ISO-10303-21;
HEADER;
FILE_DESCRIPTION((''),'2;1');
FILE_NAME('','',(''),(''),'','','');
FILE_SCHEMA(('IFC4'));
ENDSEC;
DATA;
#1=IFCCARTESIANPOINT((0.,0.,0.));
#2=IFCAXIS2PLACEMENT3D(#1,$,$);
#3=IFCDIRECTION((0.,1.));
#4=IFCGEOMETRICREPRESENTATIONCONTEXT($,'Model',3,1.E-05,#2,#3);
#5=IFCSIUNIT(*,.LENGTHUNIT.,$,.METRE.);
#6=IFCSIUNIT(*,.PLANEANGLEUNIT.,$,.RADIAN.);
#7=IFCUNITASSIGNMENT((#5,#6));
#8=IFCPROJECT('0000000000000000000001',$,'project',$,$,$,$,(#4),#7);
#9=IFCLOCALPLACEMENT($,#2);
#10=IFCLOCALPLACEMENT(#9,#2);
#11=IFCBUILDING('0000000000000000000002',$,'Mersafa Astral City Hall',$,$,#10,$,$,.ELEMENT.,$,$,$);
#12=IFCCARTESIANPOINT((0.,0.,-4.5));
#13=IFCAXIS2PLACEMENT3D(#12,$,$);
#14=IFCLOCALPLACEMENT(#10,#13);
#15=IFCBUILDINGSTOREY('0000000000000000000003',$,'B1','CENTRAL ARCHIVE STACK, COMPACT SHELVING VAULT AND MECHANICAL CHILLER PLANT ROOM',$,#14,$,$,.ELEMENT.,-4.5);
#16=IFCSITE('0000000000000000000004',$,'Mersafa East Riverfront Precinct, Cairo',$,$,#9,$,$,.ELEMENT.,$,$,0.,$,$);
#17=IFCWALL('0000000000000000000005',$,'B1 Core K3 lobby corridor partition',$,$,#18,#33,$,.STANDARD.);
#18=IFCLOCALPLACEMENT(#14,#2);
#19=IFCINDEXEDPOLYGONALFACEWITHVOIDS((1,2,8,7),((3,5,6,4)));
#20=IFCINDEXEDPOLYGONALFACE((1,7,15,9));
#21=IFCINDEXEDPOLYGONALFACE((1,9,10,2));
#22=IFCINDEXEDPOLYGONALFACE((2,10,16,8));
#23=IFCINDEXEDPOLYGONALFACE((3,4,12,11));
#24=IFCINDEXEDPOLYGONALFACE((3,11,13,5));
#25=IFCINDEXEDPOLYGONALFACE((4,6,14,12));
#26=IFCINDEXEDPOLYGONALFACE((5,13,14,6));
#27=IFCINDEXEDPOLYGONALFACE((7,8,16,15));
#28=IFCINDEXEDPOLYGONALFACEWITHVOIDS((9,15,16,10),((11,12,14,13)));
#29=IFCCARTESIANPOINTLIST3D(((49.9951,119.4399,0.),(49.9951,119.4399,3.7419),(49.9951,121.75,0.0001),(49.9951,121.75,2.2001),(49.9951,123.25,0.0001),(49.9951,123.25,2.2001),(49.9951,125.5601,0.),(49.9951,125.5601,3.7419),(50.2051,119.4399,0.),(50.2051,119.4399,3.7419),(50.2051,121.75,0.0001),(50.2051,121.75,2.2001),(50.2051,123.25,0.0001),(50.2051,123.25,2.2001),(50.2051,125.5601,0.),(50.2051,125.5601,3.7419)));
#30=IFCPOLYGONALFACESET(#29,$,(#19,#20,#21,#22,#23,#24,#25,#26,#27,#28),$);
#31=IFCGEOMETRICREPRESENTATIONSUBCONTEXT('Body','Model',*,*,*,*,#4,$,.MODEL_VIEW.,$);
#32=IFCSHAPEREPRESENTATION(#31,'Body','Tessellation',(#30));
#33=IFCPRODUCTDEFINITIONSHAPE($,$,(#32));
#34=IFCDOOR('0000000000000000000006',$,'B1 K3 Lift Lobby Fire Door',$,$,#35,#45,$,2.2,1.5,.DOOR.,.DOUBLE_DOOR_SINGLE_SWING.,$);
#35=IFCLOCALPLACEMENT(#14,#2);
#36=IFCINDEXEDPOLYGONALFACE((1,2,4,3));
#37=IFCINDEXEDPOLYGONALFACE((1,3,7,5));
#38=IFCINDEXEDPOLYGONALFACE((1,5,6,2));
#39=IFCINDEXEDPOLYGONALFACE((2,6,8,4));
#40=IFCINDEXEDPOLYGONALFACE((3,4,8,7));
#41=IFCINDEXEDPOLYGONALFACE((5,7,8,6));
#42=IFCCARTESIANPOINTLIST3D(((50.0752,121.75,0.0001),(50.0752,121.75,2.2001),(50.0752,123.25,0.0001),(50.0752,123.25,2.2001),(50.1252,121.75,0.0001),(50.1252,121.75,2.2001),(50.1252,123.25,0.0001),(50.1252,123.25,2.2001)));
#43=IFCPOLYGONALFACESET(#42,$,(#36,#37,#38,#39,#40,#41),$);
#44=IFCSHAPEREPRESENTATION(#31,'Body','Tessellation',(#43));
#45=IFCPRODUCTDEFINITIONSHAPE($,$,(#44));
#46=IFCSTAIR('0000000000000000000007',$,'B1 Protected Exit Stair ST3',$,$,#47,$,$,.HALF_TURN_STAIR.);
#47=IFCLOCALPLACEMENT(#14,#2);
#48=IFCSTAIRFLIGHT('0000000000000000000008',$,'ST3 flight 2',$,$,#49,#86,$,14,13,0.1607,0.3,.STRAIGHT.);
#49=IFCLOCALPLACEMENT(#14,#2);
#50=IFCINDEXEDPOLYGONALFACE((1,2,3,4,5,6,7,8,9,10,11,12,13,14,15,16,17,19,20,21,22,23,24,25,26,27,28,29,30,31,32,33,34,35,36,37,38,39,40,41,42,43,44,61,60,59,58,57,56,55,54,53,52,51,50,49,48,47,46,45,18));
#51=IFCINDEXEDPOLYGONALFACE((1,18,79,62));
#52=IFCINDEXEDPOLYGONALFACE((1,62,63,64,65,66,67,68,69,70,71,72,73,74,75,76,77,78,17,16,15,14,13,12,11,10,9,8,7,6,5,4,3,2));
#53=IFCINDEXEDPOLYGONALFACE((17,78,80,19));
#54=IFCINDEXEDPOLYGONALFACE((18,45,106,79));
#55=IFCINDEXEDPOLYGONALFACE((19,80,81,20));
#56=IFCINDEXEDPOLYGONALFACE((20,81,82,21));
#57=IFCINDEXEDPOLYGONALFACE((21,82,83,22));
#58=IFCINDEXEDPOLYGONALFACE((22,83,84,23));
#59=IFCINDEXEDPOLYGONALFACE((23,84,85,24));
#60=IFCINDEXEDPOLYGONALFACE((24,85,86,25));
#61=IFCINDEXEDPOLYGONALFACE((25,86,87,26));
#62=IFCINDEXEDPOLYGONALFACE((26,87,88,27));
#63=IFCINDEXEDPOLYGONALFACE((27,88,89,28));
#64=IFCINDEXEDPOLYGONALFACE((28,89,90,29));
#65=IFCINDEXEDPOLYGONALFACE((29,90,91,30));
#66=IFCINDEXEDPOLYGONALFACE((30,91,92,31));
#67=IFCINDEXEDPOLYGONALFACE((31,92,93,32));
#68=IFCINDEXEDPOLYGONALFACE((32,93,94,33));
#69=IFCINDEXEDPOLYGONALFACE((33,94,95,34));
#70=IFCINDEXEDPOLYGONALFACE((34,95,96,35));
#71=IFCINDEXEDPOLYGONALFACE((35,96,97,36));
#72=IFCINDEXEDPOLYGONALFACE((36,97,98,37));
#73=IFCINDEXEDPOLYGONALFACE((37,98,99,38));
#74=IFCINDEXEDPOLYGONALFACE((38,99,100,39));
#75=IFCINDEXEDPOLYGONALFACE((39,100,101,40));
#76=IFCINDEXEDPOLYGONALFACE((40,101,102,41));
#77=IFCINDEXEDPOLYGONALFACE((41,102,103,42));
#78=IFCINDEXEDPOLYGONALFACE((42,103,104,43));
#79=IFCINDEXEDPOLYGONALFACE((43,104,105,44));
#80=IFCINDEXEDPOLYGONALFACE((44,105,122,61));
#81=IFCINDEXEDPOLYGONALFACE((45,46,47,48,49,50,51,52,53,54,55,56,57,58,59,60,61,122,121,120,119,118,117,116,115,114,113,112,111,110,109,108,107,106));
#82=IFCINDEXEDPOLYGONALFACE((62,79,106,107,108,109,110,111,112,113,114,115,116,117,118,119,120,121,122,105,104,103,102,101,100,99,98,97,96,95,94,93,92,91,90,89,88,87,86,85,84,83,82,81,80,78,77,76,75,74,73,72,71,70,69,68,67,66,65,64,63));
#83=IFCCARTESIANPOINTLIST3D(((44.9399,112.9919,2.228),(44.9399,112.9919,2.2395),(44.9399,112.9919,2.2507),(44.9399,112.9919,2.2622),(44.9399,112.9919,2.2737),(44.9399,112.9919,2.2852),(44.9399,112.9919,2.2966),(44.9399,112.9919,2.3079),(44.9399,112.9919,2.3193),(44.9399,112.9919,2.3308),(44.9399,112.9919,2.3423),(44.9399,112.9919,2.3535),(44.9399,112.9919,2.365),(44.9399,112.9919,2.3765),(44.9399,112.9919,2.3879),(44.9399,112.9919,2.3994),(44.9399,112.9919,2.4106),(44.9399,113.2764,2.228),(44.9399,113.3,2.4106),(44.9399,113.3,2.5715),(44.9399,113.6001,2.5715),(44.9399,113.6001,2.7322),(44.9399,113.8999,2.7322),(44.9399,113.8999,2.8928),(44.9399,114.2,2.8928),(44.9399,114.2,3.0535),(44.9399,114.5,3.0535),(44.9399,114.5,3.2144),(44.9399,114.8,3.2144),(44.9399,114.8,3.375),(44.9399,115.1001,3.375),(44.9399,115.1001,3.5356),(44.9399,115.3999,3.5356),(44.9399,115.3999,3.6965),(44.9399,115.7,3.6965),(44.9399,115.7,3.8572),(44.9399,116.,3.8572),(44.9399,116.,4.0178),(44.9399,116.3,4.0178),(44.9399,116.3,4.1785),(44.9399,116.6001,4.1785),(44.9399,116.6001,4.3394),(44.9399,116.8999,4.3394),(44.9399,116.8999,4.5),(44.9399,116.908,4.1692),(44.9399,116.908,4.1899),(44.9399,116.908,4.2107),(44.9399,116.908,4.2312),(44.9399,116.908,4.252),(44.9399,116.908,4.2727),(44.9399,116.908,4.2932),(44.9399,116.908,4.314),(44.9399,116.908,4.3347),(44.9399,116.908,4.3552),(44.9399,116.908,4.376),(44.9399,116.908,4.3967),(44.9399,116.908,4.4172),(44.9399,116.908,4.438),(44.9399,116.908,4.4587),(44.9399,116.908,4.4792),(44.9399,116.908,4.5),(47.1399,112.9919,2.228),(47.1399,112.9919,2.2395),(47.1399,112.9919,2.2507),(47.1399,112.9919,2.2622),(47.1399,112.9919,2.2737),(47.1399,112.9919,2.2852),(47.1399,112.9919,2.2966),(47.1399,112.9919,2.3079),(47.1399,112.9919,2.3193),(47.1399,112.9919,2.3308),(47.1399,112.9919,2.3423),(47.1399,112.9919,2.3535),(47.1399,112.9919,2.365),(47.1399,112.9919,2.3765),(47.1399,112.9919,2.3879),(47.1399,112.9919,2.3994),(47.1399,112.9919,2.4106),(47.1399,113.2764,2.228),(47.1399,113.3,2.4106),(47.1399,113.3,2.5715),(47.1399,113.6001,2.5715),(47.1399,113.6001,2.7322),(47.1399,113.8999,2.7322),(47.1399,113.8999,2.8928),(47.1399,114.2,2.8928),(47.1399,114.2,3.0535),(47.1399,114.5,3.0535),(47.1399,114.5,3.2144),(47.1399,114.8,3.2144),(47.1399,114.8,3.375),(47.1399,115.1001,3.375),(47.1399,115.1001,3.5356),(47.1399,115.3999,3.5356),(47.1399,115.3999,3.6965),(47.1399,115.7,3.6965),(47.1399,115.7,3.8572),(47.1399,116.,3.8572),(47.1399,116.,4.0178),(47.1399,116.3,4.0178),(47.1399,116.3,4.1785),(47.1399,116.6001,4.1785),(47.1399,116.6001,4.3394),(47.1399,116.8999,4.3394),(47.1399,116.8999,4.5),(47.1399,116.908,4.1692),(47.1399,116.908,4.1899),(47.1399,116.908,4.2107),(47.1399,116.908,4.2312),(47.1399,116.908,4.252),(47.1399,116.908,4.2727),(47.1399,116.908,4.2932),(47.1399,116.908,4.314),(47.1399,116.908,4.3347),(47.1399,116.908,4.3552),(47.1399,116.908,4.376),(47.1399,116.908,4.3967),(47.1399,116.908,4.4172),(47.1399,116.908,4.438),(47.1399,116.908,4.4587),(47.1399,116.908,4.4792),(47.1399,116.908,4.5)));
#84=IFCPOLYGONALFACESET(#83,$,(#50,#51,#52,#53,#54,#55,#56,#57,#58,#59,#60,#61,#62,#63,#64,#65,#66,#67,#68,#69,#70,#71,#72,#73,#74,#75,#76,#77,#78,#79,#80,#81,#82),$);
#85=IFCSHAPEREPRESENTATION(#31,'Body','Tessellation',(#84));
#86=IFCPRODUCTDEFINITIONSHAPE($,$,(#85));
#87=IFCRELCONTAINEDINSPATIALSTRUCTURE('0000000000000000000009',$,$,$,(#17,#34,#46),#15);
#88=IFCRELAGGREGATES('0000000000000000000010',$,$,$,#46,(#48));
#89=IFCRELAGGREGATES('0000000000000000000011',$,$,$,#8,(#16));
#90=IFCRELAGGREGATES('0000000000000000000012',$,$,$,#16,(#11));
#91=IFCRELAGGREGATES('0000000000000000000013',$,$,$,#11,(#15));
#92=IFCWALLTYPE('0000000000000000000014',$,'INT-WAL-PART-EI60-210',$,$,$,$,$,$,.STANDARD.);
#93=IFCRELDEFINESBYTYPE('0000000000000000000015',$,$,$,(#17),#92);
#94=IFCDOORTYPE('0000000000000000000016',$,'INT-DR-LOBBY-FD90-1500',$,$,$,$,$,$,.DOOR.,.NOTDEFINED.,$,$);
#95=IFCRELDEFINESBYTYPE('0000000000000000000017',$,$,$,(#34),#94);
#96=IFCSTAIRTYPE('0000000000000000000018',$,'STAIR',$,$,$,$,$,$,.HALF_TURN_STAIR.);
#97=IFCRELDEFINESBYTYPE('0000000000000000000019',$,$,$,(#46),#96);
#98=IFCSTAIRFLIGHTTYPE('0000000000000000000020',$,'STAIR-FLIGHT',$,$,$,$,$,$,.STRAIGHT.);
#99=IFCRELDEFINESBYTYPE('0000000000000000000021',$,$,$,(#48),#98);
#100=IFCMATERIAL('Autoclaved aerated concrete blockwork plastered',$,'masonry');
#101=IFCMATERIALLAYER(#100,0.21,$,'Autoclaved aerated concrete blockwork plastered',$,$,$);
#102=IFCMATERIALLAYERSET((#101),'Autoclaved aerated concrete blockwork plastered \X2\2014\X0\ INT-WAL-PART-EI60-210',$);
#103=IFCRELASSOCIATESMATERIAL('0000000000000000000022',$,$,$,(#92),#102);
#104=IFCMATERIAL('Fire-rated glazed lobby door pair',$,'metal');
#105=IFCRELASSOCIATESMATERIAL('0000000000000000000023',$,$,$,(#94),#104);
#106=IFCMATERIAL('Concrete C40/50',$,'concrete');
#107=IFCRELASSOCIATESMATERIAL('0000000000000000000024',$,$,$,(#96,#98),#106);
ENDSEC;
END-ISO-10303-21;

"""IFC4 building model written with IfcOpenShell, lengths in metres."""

from ifc_helpers import new_model, si_unit, direction, frame, frame_2d, origin, place, context, subcontext, project, spatial, polyline, rectangle, outline, extrude, material, layer, layer_set, type_object, element, fill, aggregate, save


model = new_model("IFC4")

# Units and contexts
model_context = context("Model", 3, precision=1e-05, world=origin(), true_north=direction((0.0, 1.0)))
body_context = subcontext(model_context, "Body", "Model", "MODEL_VIEW")
ifc_project = project(units=[si_unit("LENGTHUNIT", "METRE"), si_unit("PLANEANGLEUNIT", "RADIAN")], contexts=[model_context])

# Site, building, storey
site_placement = place(None, origin())
site = spatial("IfcSite", under=ifc_project, at=site_placement, Name="Mersafa East Riverfront Precinct, Cairo", CompositionType="ELEMENT", RefElevation=0.0)
building_placement = place(site_placement, origin())
building = spatial("IfcBuilding", under=site, at=building_placement, Name="Mersafa Astral City Hall", CompositionType="ELEMENT")
storey_placement = place(building_placement, frame((0.0, 0.0, -4.5)))
storey = spatial("IfcBuildingStorey", under=building, at=storey_placement, Name="B1", Description="CENTRAL ARCHIVE STACK, COMPACT SHELVING VAULT AND MECHANICAL CHILLER PLANT ROOM", CompositionType="ELEMENT", Elevation=-4.5)

# Shared definitions
ifc_material_1 = material(Name="Concrete C40/50", Category="concrete")

# Wall, opening, door
ifc_material_2 = material(Name="Autoclaved aerated concrete blockwork plastered", Category="masonry")
ifc_layer_1 = layer(ifc_material_2, 0.21, Name="Autoclaved aerated concrete blockwork plastered")
ifc_layer_set_1 = layer_set([ifc_layer_1], Name="Autoclaved aerated concrete blockwork plastered — INT-WAL-PART-EI60-210")
wall_type_1 = type_object("IfcWallType", Name="INT-WAL-PART-EI60-210", PredefinedType="STANDARD", material=ifc_layer_set_1)
wall_1_placement = place(storey_placement, frame((50.1001, 119.4399, 0.0), z_axis=(0.0, 0.0, 1.0), x_axis=(0.0, 1.0, 0.0)))
wall_1 = element("IfcWall", 1, at=wall_1_placement, inside=storey, type_object=wall_type_1, Name="B1 Core K3 lobby corridor partition", PredefinedType="STANDARD", context=body_context, shape_type="SweptSolid", body=[
    extrude(rectangle(XDim=6.1201, YDim=0.21, at=frame_2d((3.0601, 0.0))), origin(), (0.0, 0.0, 1.0), 3.7419),
])
opening_1_placement = place(wall_1_placement, frame((2.3101, 0.0, 0.0)))
opening_1 = element("IfcOpeningElement", 2, at=opening_1_placement, cuts=wall_1, PredefinedType="OPENING", context=body_context, shape_type="SweptSolid", body=[
    extrude(rectangle(XDim=1.5, YDim=2.2, at=frame_2d((0.75, 1.1001))), frame((0.0, 0.115, 0.0), z_axis=(0.0, -1.0, 0.0), x_axis=(1.0, 0.0, 0.0)), (0.0, 0.0, 1.0), 0.23),
])
ifc_material_3 = material(Name="Fire-rated glazed lobby door pair", Category="metal")
door_type_1 = type_object("IfcDoorType", Name="INT-DR-LOBBY-FD90-1500", OperationType="NOTDEFINED", PredefinedType="DOOR", material=ifc_material_3)
door_1_placement = place(opening_1_placement, origin())
door_1 = element("IfcDoor", 3, at=door_1_placement, inside=storey, type_object=door_type_1, Name="B1 K3 Lift Lobby Fire Door", OperationType="DOUBLE_DOOR_SINGLE_SWING", OverallHeight=2.2, OverallWidth=1.5, PredefinedType="DOOR", context=body_context, shape_type="SweptSolid", body=[
    extrude(rectangle(XDim=1.5, YDim=2.2, at=frame_2d((0.75, 1.1001))), frame((0.0, 0.0249, 0.0), z_axis=(0.0, -1.0, 0.0), x_axis=(1.0, 0.0, 0.0)), (0.0, 0.0, 1.0), 0.05),
])
fill(opening_1, door_1)

# Stair, stair flight
stair_type = type_object("IfcStairType", Name="STAIR", PredefinedType="HALF_TURN_STAIR", material=ifc_material_1)
stair_placement = place(storey_placement, origin())
stair = element("IfcStair", 4, at=stair_placement, inside=storey, type_object=stair_type, Name="B1 Protected Exit Stair ST3", PredefinedType="HALF_TURN_STAIR")
stair_flight_type = type_object("IfcStairFlightType", Name="STAIR-FLIGHT", PredefinedType="STRAIGHT", material=ifc_material_1)
stair_flight_placement = place(storey_placement, frame((46.04, 113.0, 2.25), z_axis=(0.0, 0.0, 1.0), x_axis=(0.0, 1.0, 0.0)))
stair_flight = element("IfcStairFlight", 5, at=stair_flight_placement, type_object=stair_flight_type, Name="ST3 flight 2", NumberOfRisers=14, NumberOfTreads=13, PredefinedType="STRAIGHT", RiserHeight=0.1607, TreadLength=0.3, context=body_context, shape_type="SweptSolid", body=[
    extrude(outline(polyline([(-0.0081, -0.022), (-0.0081, -0.0105), (-0.0081, 0.0007), (-0.0081, 0.0122), (-0.0081, 0.0237), (-0.0081, 0.0352), (-0.0081, 0.0466), (-0.0081, 0.0579), (-0.0081, 0.0693), (-0.0081, 0.0808), (-0.0081, 0.0923), (-0.0081, 0.1035), (-0.0081, 0.115), (-0.0081, 0.1265), (-0.0081, 0.1379), (-0.0081, 0.1494), (-0.0081, 0.1606), (0.3, 0.1606), (0.3, 0.3215), (0.6001, 0.3215), (0.6001, 0.4822), (0.8999, 0.4822), (0.8999, 0.6428), (1.2, 0.6428), (1.2, 0.8035), (1.5, 0.8035), (1.5, 0.9644), (1.8, 0.9644), (1.8, 1.125), (2.1001, 1.125), (2.1001, 1.2856), (2.3999, 1.2856), (2.3999, 1.4465), (2.7, 1.4465), (2.7, 1.6072), (3.0, 1.6072), (3.0, 1.7678), (3.3, 1.7678), (3.3, 1.9285), (3.6001, 1.9285), (3.6001, 2.0894), (3.8999, 2.0894), (3.8999, 2.25), (3.908, 2.25), (3.908, 2.2292), (3.908, 2.2087), (3.908, 2.188), (3.908, 2.1672), (3.908, 2.1467), (3.908, 2.126), (3.908, 2.1052), (3.908, 2.0847), (3.908, 2.064), (3.908, 2.0432), (3.908, 2.0227), (3.908, 2.002), (3.908, 1.9812), (3.908, 1.9607), (3.908, 1.9399), (3.908, 1.9192), (0.2764, -0.022), (-0.0081, -0.022)])), frame((0.0, 1.1001, 0.0), z_axis=(0.0, -1.0, 0.0), x_axis=(1.0, 0.0, 0.0)), (0.0, 0.0, 1.0), 2.2),
])
aggregate(stair, [stair_flight])

save(model, "model.ifc")
